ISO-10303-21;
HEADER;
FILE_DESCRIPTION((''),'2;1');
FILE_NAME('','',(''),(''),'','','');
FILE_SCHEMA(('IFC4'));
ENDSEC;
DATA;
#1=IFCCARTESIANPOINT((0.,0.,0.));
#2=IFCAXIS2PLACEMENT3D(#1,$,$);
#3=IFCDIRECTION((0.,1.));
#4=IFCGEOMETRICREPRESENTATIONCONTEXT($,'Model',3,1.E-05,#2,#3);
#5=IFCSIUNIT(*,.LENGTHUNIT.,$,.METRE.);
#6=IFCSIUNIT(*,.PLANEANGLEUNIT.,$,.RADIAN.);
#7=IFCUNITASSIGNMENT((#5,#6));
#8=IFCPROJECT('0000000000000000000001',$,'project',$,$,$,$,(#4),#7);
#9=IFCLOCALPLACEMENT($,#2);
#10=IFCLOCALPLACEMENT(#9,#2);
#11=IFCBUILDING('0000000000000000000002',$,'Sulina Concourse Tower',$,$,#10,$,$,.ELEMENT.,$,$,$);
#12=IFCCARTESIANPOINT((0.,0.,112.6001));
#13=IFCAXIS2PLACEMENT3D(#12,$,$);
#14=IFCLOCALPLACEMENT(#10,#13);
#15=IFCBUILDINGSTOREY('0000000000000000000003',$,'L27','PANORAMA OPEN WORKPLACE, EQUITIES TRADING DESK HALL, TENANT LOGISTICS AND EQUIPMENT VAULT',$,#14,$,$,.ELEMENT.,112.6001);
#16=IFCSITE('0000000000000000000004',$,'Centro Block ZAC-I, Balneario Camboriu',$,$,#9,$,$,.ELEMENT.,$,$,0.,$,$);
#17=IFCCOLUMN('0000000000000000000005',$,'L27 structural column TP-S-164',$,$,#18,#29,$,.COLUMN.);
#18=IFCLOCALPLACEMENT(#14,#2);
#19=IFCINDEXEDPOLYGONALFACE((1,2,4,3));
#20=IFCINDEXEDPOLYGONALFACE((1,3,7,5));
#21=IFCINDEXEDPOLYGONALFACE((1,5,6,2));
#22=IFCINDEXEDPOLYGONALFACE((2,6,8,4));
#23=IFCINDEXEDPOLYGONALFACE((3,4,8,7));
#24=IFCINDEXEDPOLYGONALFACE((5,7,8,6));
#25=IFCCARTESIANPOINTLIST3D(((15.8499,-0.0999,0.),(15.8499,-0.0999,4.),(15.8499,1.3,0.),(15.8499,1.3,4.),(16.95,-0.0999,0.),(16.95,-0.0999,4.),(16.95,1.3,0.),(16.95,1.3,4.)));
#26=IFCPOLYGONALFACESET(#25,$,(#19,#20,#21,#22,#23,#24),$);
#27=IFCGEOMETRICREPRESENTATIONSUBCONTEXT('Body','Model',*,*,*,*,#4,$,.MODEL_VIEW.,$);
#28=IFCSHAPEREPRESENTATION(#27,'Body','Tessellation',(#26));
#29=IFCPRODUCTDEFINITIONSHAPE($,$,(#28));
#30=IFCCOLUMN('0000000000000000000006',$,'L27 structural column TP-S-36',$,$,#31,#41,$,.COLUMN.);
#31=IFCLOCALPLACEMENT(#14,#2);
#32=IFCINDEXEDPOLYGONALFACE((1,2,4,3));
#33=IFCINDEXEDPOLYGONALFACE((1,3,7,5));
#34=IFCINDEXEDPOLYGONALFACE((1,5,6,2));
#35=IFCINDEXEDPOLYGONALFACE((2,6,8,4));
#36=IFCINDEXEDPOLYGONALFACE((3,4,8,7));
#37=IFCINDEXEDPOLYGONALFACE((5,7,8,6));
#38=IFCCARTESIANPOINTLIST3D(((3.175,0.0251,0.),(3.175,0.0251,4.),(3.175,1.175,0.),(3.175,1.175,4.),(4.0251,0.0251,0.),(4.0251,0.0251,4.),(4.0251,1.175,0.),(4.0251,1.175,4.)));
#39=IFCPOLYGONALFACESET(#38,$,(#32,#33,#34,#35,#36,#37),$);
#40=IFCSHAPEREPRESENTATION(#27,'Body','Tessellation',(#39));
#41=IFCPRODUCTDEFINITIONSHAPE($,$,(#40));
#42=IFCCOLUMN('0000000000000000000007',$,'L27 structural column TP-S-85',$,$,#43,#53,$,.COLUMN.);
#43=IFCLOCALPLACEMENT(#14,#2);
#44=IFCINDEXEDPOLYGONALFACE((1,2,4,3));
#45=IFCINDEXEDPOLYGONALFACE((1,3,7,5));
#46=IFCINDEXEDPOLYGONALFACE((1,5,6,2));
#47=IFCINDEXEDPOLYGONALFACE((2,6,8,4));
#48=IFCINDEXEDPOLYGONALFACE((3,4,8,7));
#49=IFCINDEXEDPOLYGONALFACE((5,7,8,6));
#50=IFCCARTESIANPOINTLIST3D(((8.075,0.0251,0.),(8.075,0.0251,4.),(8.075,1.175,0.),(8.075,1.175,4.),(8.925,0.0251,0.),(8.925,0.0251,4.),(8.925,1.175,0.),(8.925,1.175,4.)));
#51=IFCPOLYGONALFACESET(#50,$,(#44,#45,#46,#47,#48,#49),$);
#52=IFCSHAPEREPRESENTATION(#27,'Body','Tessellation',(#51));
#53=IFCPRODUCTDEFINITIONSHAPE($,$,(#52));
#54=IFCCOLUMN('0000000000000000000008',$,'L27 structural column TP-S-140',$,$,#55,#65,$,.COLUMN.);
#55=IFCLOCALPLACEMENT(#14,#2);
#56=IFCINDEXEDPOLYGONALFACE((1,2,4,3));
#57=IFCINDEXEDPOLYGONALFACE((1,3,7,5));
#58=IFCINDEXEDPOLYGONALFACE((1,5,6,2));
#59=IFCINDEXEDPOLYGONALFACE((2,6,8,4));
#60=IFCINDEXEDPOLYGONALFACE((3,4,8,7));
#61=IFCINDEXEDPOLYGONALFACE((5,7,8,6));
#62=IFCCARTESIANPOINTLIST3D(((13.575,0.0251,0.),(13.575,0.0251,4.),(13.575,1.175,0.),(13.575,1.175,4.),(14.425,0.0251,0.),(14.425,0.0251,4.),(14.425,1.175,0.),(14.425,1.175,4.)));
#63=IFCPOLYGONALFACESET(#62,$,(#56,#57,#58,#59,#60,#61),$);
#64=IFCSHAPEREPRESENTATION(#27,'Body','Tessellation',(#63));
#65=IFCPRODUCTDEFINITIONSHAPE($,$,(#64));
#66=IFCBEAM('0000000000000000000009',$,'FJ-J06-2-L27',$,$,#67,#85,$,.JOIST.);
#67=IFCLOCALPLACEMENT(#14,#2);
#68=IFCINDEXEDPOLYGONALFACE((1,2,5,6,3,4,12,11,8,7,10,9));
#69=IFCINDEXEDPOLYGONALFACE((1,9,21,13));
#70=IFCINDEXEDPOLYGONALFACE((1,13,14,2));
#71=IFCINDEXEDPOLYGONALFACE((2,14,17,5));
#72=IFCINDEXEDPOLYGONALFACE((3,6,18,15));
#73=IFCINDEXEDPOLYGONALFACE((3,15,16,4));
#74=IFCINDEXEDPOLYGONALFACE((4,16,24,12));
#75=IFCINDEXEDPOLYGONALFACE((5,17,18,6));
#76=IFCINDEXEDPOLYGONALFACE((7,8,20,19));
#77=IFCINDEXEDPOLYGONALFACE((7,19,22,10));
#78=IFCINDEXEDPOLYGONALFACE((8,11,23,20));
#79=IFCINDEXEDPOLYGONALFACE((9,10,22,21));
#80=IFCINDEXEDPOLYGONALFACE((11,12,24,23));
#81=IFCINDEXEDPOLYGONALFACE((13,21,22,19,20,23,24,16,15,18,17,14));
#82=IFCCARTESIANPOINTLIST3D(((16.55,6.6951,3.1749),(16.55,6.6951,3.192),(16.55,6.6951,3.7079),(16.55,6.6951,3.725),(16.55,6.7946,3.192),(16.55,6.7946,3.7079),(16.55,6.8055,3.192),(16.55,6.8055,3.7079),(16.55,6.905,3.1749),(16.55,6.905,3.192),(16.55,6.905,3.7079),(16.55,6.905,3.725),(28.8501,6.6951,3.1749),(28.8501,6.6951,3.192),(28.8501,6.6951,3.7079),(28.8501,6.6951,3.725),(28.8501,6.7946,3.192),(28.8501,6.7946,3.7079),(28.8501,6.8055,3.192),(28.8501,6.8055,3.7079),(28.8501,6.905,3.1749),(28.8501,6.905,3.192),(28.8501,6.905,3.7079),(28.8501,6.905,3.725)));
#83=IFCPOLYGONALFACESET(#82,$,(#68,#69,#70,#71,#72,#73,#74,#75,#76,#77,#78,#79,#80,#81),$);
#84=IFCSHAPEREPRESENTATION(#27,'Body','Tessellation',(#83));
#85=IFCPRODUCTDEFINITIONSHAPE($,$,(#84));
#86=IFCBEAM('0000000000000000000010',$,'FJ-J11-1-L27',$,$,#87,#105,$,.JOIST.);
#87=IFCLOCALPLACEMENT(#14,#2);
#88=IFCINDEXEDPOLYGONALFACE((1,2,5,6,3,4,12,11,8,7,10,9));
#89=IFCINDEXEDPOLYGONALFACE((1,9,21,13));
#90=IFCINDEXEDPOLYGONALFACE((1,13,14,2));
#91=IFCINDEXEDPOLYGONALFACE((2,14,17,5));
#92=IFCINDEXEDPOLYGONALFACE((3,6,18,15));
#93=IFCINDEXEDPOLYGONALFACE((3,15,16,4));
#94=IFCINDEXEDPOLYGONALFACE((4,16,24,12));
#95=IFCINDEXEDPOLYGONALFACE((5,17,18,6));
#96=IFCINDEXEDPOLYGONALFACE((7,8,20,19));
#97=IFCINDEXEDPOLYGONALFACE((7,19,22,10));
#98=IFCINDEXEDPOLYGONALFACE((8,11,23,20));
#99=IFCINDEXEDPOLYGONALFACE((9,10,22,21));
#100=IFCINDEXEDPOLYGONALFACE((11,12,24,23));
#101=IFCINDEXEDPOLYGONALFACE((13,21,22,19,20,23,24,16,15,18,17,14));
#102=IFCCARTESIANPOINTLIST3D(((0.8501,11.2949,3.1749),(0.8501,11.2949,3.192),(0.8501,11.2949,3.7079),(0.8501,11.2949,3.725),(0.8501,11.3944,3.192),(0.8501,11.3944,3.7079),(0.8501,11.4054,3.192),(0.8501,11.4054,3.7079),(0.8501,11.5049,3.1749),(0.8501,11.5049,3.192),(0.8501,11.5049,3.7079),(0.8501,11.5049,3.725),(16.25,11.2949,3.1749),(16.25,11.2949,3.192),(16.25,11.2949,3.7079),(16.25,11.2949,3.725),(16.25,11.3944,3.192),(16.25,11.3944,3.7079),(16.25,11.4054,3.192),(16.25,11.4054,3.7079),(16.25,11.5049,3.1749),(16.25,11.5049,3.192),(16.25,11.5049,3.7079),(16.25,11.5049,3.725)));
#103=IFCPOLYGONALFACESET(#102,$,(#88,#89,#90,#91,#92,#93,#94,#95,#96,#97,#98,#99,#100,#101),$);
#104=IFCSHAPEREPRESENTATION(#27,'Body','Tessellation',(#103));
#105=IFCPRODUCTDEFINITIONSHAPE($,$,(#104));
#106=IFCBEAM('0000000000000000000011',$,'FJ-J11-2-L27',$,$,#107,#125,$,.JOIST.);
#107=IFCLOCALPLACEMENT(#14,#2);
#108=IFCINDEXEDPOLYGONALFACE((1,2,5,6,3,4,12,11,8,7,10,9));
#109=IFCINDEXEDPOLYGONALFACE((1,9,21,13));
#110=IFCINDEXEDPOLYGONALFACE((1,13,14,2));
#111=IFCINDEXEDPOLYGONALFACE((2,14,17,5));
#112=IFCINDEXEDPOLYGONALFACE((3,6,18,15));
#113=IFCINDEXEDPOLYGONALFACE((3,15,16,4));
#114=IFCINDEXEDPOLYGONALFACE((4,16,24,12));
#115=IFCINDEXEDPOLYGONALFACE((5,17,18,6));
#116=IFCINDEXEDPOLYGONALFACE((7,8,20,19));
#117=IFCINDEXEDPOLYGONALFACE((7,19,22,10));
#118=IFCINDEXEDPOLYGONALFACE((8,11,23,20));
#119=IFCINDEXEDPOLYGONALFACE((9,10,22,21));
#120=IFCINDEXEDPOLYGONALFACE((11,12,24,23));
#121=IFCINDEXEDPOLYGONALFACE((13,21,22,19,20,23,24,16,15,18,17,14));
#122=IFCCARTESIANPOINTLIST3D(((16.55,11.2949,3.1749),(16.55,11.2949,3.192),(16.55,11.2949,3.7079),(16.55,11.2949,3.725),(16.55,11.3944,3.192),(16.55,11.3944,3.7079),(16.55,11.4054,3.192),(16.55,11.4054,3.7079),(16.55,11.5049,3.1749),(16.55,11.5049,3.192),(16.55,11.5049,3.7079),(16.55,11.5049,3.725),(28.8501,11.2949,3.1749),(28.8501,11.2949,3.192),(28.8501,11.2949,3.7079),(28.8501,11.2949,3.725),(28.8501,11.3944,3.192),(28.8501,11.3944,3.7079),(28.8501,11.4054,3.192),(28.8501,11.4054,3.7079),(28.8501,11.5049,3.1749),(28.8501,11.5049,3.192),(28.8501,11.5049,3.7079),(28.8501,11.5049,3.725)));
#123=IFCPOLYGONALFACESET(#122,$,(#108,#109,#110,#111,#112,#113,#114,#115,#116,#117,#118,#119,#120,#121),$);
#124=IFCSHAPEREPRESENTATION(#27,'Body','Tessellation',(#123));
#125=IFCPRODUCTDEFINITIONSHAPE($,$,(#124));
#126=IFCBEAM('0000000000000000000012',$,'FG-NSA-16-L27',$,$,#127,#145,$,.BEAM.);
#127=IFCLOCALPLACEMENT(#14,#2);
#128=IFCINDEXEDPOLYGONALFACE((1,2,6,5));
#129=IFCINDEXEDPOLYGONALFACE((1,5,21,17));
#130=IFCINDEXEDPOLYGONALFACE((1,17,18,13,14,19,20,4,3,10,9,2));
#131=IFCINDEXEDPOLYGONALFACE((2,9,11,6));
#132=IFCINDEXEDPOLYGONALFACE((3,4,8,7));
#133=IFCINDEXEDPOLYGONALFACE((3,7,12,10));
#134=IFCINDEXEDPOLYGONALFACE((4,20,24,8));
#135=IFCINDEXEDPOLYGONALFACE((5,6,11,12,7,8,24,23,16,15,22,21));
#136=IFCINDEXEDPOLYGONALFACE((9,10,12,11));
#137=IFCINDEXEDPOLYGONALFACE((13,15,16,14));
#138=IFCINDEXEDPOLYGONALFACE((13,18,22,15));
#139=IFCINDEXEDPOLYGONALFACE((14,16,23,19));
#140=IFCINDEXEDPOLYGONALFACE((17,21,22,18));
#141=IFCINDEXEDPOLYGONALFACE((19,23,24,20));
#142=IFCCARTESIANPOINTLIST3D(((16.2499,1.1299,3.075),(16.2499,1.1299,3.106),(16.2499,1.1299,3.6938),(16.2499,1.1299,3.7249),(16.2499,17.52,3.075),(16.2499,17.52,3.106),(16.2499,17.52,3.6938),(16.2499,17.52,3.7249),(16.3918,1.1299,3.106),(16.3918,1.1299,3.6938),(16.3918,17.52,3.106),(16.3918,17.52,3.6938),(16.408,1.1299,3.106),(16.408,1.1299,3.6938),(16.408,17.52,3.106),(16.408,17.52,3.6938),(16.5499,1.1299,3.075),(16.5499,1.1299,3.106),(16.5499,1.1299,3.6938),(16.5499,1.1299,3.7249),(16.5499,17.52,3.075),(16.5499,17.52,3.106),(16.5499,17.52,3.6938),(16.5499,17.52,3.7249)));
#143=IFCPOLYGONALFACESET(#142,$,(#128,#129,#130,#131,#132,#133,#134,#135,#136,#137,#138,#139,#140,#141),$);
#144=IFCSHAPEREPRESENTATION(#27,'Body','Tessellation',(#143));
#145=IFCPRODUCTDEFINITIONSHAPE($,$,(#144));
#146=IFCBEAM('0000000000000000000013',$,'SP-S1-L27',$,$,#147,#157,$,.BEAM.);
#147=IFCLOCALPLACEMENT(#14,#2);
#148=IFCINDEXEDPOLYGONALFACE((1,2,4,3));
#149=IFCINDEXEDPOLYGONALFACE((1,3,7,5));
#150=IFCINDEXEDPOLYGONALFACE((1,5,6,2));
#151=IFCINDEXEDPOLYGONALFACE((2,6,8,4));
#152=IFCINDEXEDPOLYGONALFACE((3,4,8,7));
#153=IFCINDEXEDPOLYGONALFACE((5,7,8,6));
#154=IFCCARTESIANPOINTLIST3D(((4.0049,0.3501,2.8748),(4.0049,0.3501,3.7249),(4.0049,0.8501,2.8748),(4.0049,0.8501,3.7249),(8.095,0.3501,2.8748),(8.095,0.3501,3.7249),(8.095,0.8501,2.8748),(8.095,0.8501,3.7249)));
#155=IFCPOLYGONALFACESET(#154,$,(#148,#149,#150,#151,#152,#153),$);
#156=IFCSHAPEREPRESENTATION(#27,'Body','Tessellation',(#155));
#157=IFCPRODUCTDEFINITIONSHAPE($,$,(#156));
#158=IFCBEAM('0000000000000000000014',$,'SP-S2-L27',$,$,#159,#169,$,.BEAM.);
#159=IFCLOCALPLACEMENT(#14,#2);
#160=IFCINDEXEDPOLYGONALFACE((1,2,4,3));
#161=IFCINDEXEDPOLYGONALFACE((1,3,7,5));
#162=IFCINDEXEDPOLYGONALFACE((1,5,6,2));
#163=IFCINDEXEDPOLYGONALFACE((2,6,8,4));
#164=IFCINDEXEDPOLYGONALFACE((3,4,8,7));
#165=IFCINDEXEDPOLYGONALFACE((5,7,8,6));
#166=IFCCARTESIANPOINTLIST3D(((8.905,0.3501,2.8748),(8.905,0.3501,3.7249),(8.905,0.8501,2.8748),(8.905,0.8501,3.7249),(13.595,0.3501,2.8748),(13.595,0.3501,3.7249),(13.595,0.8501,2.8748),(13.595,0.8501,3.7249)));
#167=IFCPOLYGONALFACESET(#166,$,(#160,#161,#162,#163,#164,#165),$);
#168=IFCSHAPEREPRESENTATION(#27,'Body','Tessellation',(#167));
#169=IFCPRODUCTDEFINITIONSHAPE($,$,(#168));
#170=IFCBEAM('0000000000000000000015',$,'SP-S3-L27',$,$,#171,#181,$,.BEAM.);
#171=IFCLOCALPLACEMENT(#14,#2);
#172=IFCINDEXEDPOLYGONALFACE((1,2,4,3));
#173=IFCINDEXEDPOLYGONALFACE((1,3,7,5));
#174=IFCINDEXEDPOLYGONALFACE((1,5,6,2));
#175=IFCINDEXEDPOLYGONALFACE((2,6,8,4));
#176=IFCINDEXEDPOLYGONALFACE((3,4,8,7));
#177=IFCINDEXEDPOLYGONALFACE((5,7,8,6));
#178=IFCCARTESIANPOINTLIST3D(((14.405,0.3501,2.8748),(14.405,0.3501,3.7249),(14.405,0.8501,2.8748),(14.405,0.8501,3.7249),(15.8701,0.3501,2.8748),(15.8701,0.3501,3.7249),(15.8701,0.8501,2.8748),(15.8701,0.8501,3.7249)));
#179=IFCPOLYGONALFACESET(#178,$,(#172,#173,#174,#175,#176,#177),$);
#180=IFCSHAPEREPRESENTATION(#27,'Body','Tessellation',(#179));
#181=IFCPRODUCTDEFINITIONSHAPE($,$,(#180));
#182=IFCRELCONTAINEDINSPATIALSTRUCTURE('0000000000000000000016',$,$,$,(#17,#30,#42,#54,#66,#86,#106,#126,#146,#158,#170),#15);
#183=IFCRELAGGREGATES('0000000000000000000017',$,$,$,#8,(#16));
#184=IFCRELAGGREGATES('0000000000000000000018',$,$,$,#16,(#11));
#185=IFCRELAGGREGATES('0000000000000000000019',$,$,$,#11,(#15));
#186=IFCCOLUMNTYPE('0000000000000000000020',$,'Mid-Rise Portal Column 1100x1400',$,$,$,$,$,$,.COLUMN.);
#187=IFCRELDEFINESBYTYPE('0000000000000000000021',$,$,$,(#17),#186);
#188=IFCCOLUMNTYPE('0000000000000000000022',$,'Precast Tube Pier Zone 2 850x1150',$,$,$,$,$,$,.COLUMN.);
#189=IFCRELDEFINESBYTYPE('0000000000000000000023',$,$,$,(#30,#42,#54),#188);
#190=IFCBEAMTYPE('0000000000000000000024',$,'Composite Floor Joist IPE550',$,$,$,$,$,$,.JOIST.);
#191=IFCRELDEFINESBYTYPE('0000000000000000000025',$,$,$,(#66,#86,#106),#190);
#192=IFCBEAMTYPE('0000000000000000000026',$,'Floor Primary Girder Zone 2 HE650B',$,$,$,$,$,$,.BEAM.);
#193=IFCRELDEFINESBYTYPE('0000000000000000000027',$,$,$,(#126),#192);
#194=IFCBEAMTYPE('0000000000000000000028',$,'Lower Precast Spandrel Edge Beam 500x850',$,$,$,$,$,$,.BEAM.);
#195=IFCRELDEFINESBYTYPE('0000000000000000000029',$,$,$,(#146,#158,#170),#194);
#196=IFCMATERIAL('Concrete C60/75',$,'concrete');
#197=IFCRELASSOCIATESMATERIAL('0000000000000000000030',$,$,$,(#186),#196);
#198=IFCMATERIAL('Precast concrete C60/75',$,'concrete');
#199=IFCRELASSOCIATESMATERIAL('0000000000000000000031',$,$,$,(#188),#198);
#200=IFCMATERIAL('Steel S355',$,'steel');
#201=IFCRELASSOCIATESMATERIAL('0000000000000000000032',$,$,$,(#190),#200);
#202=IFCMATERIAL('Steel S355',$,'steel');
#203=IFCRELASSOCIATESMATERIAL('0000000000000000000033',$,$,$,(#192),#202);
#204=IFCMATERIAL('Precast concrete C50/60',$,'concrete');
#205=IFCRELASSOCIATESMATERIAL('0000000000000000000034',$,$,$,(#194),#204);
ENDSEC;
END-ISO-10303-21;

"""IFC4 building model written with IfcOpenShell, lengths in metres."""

from ifc_helpers import new_model, si_unit, direction, frame, origin, origin_2d, place, context, subcontext, project, spatial, rectangle, i_section, extrude, material, material_profile, profile_set, type_object, element, save


model = new_model("IFC4")

# Units and contexts
model_context = context("Model", 3, precision=1e-05, world=origin(), true_north=direction((0.0, 1.0)))
body_context = subcontext(model_context, "Body", "Model", "MODEL_VIEW")
ifc_project = project(units=[si_unit("LENGTHUNIT", "METRE"), si_unit("PLANEANGLEUNIT", "RADIAN")], contexts=[model_context])

# Site, building, storey
site_placement = place(None, origin())
site = spatial("IfcSite", under=ifc_project, at=site_placement, Name="Centro Block ZAC-I, Balneario Camboriu", CompositionType="ELEMENT", RefElevation=0.0)
building_placement = place(site_placement, origin())
building = spatial("IfcBuilding", under=site, at=building_placement, Name="Sulina Concourse Tower", CompositionType="ELEMENT")
storey_placement = place(building_placement, frame((0.0, 0.0, 112.6001)))
storey = spatial("IfcBuildingStorey", under=building, at=storey_placement, Name="L27", Description="PANORAMA OPEN WORKPLACE, EQUITIES TRADING DESK HALL, TENANT LOGISTICS AND EQUIPMENT VAULT", CompositionType="ELEMENT", Elevation=112.6001)

# Columns
ifc_material_1 = material(Name="Concrete C60/75", Category="concrete")
ifc_material_profile_1 = material_profile(ifc_material_1, rectangle(XDim=1.1001, YDim=1.3999, at=origin_2d()), Name="RC 1100x1400")
ifc_profile_set_1 = profile_set([ifc_material_profile_1], Name="Concrete C60/75")
column_type_1 = type_object("IfcColumnType", Name="Mid-Rise Portal Column 1100x1400", PredefinedType="COLUMN", material=ifc_profile_set_1)
column_placement = place(storey_placement, frame((16.3999, 0.6001, 0.0), z_axis=(0.0, 0.0, 1.0), x_axis=(1.0, 0.0, 0.0)))
element("IfcColumn", 1, at=column_placement, inside=storey, type_object=column_type_1, Name="L27 structural column TP-S-164", PredefinedType="COLUMN", context=body_context, shape_type="SweptSolid", body=[
    extrude(rectangle(XDim=1.1001, YDim=1.3999, at=origin_2d()), origin(), (0.0, 0.0, 1.0), 4.0),
])
ifc_material_2 = material(Name="Precast concrete C60/75", Category="concrete")
ifc_material_profile_2 = material_profile(ifc_material_2, rectangle(XDim=0.8501, YDim=1.1499, at=origin_2d()), Name="PC 850x1150")
ifc_profile_set_2 = profile_set([ifc_material_profile_2], Name="Precast concrete C60/75")
column_type_2 = type_object("IfcColumnType", Name="Precast Tube Pier Zone 2 850x1150", PredefinedType="COLUMN", material=ifc_profile_set_2)
for number, where, z_axis, x_axis, name in (
    (2, (3.6001, 0.6001, 0.0), (0.0, 0.0, 1.0), (1.0, 0.0, 0.0), "L27 structural column TP-S-36"),
    (3, (8.5, 0.6001, 0.0), (0.0, 0.0, 1.0), (1.0, 0.0, 0.0), "L27 structural column TP-S-85"),
    (4, (14.0, 0.6001, 0.0), (0.0, 0.0, 1.0), (1.0, 0.0, 0.0), "L27 structural column TP-S-140"),
):
    element("IfcColumn", number, at=place(storey_placement, frame(where, z_axis=z_axis, x_axis=x_axis)), inside=storey, type_object=column_type_2, Name=name, PredefinedType="COLUMN", context=body_context, shape_type="SweptSolid", body=[
        extrude(rectangle(XDim=0.8501, YDim=1.1499, at=origin_2d()), origin(), (0.0, 0.0, 1.0), 4.0),
    ])

# Beams
ifc_material_3 = material(Name="Steel S355", Category="steel")
ifc_material_profile_3 = material_profile(ifc_material_3, i_section(OverallWidth=0.21, OverallDepth=0.55, WebThickness=0.011, FlangeThickness=0.0171, at=origin_2d()), Name="IPE 550")
ifc_profile_set_3 = profile_set([ifc_material_profile_3], Name="Steel S355")
beam_type_1 = type_object("IfcBeamType", Name="Composite Floor Joist IPE550", PredefinedType="JOIST", material=ifc_profile_set_3)
beam_1_placement = place(storey_placement, frame((16.55, 6.8, 3.45), z_axis=(1.0, 0.0, 0.0), x_axis=(0.0, 1.0, 0.0)))
element("IfcBeam", 5, at=beam_1_placement, inside=storey, type_object=beam_type_1, Name="FJ-J06-2-L27", PredefinedType="JOIST", context=body_context, shape_type="SweptSolid", body=[
    extrude(i_section(OverallWidth=0.21, OverallDepth=0.55, WebThickness=0.011, FlangeThickness=0.0171, at=origin_2d()), origin(), (0.0, 0.0, 1.0), 12.3),
])
beam_2_placement = place(storey_placement, frame((0.8501, 11.3999, 3.45), z_axis=(1.0, 0.0, 0.0), x_axis=(0.0, 1.0, 0.0)))
element("IfcBeam", 6, at=beam_2_placement, inside=storey, type_object=beam_type_1, Name="FJ-J11-1-L27", PredefinedType="JOIST", context=body_context, shape_type="SweptSolid", body=[
    extrude(i_section(OverallWidth=0.21, OverallDepth=0.55, WebThickness=0.011, FlangeThickness=0.0171, at=origin_2d()), origin(), (0.0, 0.0, 1.0), 15.3999),
])
beam_3_placement = place(storey_placement, frame((16.55, 11.3999, 3.45), z_axis=(1.0, 0.0, 0.0), x_axis=(0.0, 1.0, 0.0)))
element("IfcBeam", 7, at=beam_3_placement, inside=storey, type_object=beam_type_1, Name="FJ-J11-2-L27", PredefinedType="JOIST", context=body_context, shape_type="SweptSolid", body=[
    extrude(i_section(OverallWidth=0.21, OverallDepth=0.55, WebThickness=0.011, FlangeThickness=0.0171, at=origin_2d()), origin(), (0.0, 0.0, 1.0), 12.3),
])
ifc_material_4 = material(Name="Steel S355", Category="steel")
ifc_material_profile_4 = material_profile(ifc_material_4, i_section(OverallWidth=0.3, OverallDepth=0.6499, WebThickness=0.0161, FlangeThickness=0.031, at=origin_2d()), Name="HE 650 B")
ifc_profile_set_4 = profile_set([ifc_material_profile_4], Name="Steel S355")
beam_type_2 = type_object("IfcBeamType", Name="Floor Primary Girder Zone 2 HE650B", PredefinedType="BEAM", material=ifc_profile_set_4)
beam_4_placement = place(storey_placement, frame((16.3999, 1.1299, 3.3999), z_axis=(0.0, 1.0, 0.0), x_axis=(-1.0, 0.0, 0.0)))
element("IfcBeam", 8, at=beam_4_placement, inside=storey, type_object=beam_type_2, Name="FG-NSA-16-L27", PredefinedType="BEAM", context=body_context, shape_type="SweptSolid", body=[
    extrude(i_section(OverallWidth=0.3, OverallDepth=0.6499, WebThickness=0.0161, FlangeThickness=0.031, at=origin_2d()), origin(), (0.0, 0.0, 1.0), 16.3901),
])
ifc_material_5 = material(Name="Precast concrete C50/60", Category="concrete")
ifc_material_profile_5 = material_profile(ifc_material_5, rectangle(XDim=0.5, YDim=0.8501, at=origin_2d()), Name="RC 500x850")
ifc_profile_set_5 = profile_set([ifc_material_profile_5], Name="Precast concrete C50/60")
beam_type_3 = type_object("IfcBeamType", Name="Lower Precast Spandrel Edge Beam 500x850", PredefinedType="BEAM", material=ifc_profile_set_5)
beam_5_placement = place(storey_placement, frame((4.0049, 0.6001, 3.2998), z_axis=(1.0, 0.0, 0.0), x_axis=(0.0, 1.0, 0.0)))
element("IfcBeam", 9, at=beam_5_placement, inside=storey, type_object=beam_type_3, Name="SP-S1-L27", PredefinedType="BEAM", context=body_context, shape_type="SweptSolid", body=[
    extrude(rectangle(XDim=0.5, YDim=0.8501, at=origin_2d()), origin(), (0.0, 0.0, 1.0), 4.0901),
])
beam_6_placement = place(storey_placement, frame((8.905, 0.6001, 3.2998), z_axis=(1.0, 0.0, 0.0), x_axis=(0.0, 1.0, 0.0)))
element("IfcBeam", 10, at=beam_6_placement, inside=storey, type_object=beam_type_3, Name="SP-S2-L27", PredefinedType="BEAM", context=body_context, shape_type="SweptSolid", body=[
    extrude(rectangle(XDim=0.5, YDim=0.8501, at=origin_2d()), origin(), (0.0, 0.0, 1.0), 4.6899),
])
beam_7_placement = place(storey_placement, frame((14.405, 0.6001, 3.2998), z_axis=(1.0, 0.0, 0.0), x_axis=(0.0, 1.0, 0.0)))
element("IfcBeam", 11, at=beam_7_placement, inside=storey, type_object=beam_type_3, Name="SP-S3-L27", PredefinedType="BEAM", context=body_context, shape_type="SweptSolid", body=[
    extrude(rectangle(XDim=0.5, YDim=0.8501, at=origin_2d()), origin(), (0.0, 0.0, 1.0), 1.4651),
])

save(model, "model.ifc")
